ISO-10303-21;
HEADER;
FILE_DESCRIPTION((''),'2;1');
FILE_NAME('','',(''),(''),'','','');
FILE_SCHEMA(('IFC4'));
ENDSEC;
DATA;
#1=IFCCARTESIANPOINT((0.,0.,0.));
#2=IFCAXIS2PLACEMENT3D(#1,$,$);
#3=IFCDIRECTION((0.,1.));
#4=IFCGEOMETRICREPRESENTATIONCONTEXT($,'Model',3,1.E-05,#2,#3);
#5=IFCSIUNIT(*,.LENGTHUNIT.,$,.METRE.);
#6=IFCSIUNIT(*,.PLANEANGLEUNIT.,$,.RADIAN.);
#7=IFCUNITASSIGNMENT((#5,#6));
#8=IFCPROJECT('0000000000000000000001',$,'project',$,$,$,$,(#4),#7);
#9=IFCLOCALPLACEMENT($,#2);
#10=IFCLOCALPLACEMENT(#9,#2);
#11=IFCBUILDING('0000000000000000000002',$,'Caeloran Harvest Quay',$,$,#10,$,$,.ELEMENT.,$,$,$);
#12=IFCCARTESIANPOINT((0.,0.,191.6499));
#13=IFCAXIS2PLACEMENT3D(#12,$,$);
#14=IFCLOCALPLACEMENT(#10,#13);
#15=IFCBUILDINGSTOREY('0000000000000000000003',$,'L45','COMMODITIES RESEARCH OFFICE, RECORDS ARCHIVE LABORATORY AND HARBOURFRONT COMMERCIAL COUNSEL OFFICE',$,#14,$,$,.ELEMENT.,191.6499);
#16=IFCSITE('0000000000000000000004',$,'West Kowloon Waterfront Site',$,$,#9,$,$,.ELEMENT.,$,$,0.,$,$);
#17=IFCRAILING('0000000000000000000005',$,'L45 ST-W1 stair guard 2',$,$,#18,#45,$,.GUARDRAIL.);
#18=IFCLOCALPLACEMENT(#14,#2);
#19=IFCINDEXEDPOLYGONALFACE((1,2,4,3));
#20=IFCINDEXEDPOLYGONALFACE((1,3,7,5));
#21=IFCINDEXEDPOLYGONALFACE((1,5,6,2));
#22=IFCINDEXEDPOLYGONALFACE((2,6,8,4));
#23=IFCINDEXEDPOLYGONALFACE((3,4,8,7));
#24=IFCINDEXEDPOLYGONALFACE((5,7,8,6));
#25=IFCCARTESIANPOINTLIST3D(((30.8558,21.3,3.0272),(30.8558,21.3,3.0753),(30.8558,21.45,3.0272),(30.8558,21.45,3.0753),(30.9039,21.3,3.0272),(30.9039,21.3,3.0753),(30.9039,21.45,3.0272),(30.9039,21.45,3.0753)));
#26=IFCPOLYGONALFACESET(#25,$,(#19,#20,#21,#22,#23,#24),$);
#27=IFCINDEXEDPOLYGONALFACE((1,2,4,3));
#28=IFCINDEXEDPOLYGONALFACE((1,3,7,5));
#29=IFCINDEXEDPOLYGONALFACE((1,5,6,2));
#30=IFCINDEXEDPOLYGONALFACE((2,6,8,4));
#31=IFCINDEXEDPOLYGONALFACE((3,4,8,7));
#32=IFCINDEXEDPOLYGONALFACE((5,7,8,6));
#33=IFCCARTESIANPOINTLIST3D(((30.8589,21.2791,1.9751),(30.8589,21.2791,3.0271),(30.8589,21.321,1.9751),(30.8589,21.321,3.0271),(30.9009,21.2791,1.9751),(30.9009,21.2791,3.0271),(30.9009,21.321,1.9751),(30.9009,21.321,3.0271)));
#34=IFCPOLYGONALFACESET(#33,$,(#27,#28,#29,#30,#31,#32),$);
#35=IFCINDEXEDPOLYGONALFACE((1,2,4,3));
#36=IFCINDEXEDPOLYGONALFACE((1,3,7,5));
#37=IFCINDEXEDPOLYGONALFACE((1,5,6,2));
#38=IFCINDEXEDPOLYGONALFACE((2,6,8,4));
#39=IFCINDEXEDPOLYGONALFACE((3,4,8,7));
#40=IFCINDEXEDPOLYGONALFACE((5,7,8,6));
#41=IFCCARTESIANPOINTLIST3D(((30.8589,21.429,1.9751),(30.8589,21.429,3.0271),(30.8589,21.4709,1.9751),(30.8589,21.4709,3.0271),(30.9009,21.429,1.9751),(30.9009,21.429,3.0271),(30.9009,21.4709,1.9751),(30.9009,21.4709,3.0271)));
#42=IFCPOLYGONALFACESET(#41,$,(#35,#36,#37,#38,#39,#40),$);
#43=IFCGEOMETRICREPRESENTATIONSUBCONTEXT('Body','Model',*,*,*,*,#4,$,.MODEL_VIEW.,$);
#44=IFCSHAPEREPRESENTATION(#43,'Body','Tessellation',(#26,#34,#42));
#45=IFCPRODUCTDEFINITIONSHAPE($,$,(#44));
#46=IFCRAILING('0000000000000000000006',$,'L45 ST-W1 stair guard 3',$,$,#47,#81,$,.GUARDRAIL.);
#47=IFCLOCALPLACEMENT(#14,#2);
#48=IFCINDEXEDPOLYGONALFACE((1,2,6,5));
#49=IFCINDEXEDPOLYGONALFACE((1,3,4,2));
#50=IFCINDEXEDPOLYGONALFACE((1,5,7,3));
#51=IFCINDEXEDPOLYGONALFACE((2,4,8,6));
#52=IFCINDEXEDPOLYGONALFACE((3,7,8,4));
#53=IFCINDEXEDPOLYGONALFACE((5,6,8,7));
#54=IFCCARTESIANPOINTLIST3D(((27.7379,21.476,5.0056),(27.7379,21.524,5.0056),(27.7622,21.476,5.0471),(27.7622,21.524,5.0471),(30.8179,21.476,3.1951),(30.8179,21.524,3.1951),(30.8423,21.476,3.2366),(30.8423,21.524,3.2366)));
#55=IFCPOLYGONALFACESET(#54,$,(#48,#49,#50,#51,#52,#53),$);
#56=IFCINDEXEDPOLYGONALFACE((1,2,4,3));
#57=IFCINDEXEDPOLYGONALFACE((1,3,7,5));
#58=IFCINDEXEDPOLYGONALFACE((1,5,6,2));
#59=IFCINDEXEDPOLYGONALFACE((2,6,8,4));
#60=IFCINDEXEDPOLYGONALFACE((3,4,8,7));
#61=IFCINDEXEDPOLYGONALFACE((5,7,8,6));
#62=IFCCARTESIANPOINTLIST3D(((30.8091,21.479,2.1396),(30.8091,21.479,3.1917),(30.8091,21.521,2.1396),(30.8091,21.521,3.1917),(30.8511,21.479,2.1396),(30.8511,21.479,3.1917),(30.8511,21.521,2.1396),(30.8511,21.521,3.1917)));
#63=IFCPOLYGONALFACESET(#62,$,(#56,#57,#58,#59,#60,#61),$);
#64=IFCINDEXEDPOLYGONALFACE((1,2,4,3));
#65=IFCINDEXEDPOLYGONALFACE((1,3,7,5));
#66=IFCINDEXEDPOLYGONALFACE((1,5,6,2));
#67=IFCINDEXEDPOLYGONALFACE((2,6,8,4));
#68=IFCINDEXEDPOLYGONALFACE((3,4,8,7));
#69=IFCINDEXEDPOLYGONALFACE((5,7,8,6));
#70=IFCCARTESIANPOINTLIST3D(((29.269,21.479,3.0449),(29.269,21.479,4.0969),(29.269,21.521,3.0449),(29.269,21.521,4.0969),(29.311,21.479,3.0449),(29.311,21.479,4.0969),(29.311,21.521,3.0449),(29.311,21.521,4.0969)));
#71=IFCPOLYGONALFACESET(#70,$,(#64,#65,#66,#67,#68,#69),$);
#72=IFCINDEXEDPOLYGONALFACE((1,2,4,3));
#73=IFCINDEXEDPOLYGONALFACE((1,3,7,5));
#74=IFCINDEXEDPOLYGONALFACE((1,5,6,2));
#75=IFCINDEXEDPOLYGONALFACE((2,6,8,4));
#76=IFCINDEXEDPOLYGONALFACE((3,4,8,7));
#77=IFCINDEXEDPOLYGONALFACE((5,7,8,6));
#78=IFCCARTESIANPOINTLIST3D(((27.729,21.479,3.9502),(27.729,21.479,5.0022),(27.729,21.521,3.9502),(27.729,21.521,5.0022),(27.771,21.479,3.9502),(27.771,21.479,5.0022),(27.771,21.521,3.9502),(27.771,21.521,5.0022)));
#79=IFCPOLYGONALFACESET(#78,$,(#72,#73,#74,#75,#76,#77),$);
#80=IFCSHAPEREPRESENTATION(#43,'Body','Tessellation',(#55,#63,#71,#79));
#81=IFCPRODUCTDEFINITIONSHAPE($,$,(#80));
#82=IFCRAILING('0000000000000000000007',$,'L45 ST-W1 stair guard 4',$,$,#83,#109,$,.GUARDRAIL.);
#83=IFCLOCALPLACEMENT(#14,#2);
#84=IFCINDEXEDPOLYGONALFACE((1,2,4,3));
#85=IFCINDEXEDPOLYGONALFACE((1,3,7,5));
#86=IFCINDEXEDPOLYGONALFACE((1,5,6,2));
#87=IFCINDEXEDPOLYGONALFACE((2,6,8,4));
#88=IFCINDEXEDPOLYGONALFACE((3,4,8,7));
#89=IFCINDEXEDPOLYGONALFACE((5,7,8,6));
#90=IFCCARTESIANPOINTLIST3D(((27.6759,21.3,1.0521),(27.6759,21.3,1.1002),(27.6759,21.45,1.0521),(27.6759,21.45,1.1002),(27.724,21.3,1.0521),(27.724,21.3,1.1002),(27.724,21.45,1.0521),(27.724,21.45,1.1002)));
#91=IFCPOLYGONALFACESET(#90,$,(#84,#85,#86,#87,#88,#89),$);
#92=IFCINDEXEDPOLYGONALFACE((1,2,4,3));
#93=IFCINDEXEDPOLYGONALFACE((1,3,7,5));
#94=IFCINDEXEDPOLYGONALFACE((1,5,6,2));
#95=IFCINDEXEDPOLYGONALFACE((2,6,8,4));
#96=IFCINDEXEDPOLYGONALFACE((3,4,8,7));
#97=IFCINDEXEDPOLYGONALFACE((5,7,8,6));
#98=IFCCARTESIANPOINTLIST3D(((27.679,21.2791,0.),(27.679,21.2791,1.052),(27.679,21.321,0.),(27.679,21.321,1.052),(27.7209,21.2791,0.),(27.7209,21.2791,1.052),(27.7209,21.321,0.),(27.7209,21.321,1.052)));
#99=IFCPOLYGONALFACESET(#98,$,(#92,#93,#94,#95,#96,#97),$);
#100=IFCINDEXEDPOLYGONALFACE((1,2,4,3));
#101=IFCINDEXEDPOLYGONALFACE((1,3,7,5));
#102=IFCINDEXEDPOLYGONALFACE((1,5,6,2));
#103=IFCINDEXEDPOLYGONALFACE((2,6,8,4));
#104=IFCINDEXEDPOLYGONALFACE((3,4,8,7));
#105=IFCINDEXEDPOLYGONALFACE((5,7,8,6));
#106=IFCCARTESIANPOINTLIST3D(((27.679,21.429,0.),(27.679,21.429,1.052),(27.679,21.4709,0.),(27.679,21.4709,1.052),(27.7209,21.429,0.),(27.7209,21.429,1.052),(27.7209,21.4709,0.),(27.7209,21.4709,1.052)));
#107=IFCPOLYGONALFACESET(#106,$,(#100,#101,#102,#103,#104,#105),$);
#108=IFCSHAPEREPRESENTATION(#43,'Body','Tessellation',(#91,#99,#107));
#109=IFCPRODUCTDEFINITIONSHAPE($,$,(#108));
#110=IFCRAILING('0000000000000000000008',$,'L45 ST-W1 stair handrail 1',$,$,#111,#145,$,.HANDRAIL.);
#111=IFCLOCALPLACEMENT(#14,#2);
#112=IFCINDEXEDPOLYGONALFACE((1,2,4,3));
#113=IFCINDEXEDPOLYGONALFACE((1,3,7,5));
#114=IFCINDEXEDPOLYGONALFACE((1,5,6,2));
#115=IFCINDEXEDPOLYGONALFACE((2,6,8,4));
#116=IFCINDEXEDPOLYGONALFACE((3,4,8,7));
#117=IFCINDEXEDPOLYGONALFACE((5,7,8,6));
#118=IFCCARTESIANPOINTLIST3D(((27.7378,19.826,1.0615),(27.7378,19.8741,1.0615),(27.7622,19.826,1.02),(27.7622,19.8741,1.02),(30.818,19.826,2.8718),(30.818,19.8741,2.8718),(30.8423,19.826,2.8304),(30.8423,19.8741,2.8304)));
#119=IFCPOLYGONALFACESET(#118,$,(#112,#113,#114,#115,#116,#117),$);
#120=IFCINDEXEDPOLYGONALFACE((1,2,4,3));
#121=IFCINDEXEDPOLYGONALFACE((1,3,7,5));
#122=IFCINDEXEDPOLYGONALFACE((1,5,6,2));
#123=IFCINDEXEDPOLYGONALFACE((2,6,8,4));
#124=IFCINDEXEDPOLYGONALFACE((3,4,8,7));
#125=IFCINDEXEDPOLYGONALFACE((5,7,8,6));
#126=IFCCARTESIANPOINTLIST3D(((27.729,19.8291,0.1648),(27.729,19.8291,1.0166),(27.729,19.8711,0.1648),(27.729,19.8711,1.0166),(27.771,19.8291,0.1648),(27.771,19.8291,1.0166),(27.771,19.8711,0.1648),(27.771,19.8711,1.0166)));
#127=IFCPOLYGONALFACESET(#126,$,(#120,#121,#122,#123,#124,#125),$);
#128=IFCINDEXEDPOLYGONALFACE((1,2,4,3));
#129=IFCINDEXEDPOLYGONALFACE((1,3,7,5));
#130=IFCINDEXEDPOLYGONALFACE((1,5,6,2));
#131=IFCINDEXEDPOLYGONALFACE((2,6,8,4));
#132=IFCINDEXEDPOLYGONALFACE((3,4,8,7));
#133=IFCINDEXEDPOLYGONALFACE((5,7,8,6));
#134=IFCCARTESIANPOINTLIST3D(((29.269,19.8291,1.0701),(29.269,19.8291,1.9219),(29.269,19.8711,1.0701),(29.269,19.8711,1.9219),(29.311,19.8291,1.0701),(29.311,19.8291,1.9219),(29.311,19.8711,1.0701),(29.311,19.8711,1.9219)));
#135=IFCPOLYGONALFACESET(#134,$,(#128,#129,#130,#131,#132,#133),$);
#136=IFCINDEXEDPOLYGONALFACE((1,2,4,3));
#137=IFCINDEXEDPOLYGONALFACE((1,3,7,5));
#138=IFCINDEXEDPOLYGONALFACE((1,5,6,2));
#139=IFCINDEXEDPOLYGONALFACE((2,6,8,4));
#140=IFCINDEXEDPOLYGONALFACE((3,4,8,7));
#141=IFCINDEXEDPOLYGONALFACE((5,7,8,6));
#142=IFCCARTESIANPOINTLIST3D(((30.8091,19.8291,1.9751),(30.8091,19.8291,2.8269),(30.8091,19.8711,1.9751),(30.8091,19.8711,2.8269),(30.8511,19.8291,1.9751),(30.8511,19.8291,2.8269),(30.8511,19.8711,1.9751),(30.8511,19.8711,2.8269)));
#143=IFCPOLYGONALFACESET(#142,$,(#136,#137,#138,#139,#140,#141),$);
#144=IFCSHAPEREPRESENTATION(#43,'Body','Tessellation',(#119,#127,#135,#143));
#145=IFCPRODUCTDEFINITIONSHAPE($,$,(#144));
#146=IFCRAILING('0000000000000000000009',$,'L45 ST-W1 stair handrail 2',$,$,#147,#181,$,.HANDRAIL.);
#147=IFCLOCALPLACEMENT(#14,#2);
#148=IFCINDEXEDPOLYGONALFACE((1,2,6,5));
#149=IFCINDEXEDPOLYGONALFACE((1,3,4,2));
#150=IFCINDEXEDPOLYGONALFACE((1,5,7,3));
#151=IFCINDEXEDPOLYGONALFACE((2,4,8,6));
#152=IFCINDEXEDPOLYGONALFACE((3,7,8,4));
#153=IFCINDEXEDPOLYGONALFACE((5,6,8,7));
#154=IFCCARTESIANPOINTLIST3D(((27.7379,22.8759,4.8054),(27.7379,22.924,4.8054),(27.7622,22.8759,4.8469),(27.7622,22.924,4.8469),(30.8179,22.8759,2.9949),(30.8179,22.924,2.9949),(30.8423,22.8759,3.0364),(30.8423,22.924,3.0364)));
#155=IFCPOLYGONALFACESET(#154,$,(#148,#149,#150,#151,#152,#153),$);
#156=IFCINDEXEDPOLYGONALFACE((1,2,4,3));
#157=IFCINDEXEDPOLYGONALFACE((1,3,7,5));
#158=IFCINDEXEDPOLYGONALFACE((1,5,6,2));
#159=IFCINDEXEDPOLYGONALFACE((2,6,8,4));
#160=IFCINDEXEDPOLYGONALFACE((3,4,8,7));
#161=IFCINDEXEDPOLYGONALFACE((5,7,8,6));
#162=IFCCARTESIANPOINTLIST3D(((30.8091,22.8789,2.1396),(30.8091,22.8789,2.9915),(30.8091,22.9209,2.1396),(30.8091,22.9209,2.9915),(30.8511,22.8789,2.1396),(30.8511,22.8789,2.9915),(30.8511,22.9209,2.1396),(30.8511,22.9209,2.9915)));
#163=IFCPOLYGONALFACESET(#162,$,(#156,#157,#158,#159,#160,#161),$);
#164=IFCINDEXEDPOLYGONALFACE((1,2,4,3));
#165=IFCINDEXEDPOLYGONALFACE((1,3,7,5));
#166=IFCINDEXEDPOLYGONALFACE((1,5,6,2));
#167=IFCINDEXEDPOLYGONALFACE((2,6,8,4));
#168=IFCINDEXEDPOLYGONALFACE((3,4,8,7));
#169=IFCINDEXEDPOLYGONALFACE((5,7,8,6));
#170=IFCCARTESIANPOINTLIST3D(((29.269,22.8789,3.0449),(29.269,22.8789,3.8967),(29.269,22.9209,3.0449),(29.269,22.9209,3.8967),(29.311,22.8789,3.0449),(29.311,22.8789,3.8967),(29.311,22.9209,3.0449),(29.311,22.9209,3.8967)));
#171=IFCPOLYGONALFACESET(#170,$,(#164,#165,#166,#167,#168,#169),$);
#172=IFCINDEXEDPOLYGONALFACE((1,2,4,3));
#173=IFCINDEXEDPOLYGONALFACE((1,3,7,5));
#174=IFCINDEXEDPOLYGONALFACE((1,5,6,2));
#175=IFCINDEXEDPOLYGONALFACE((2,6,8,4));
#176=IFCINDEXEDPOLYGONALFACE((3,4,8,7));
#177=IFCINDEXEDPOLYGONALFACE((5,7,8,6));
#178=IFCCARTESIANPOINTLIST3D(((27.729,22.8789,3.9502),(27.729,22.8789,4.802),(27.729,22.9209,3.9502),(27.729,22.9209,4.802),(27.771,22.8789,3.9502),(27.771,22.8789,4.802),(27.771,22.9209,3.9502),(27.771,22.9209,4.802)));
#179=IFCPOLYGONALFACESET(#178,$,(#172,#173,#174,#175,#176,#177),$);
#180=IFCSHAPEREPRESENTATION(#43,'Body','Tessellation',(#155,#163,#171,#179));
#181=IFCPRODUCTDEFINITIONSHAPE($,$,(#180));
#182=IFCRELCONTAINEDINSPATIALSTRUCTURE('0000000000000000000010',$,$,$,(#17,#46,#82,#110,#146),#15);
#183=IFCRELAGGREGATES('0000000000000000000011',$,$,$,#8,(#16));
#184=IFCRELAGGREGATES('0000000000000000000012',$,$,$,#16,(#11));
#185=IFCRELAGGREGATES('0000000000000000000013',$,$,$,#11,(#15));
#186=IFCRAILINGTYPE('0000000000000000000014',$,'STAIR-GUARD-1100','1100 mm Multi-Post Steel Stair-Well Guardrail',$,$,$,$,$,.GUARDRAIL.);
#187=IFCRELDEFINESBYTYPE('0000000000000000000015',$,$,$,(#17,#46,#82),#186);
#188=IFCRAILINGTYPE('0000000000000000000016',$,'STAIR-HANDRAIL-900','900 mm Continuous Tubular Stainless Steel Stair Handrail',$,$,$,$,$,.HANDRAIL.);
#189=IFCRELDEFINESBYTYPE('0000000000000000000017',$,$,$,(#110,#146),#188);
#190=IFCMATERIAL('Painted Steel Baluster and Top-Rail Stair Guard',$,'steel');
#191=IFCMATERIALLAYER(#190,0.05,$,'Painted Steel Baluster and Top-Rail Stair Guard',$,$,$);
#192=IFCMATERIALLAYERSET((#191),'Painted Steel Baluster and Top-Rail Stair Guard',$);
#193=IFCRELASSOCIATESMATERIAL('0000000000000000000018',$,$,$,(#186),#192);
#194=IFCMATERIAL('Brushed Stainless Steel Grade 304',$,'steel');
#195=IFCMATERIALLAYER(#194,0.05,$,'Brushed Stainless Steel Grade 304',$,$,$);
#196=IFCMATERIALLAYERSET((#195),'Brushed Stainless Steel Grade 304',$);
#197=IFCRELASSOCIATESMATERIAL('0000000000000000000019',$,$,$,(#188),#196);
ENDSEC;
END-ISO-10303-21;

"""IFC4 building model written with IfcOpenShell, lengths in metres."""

from ifc_helpers import new_model, si_unit, direction, frame, origin, origin_2d, place, context, subcontext, project, spatial, rectangle, extrude, material, layer, layer_set, type_object, element, save


model = new_model("IFC4")

# Units and contexts
model_context = context("Model", 3, precision=1e-05, world=origin(), true_north=direction((0.0, 1.0)))
body_context = subcontext(model_context, "Body", "Model", "MODEL_VIEW")
ifc_project = project(units=[si_unit("LENGTHUNIT", "METRE"), si_unit("PLANEANGLEUNIT", "RADIAN")], contexts=[model_context])

# Site, building, storey
site_placement = place(None, origin())
site = spatial("IfcSite", under=ifc_project, at=site_placement, Name="West Kowloon Waterfront Site", CompositionType="ELEMENT", RefElevation=0.0)
building_placement = place(site_placement, origin())
building = spatial("IfcBuilding", under=site, at=building_placement, Name="Caeloran Harvest Quay", CompositionType="ELEMENT")
storey_placement = place(building_placement, frame((0.0, 0.0, 191.6499)))
storey = spatial("IfcBuildingStorey", under=building, at=storey_placement, Name="L45", Description="COMMODITIES RESEARCH OFFICE, RECORDS ARCHIVE LABORATORY AND HARBOURFRONT COMMERCIAL COUNSEL OFFICE", CompositionType="ELEMENT", Elevation=191.6499)

# Railings
ifc_material_1 = material(Name="Painted Steel Baluster and Top-Rail Stair Guard", Category="steel")
ifc_layer_1 = layer(ifc_material_1, 0.05, Name="Painted Steel Baluster and Top-Rail Stair Guard")
ifc_layer_set_1 = layer_set([ifc_layer_1], Name="Painted Steel Baluster and Top-Rail Stair Guard")
railing_type_1 = type_object("IfcRailingType", Name="STAIR-GUARD-1100", Description="1100 mm Multi-Post Steel Stair-Well Guardrail", PredefinedType="GUARDRAIL", material=ifc_layer_set_1)
railing_1_placement = place(storey_placement, frame((30.8799, 21.3, 1.9751)))
element("IfcRailing", 1, at=railing_1_placement, inside=storey, type_object=railing_type_1, Name="L45 ST-W1 stair guard 2", PredefinedType="GUARDRAIL", context=body_context, shape_type="SweptSolid", body=[
    extrude(rectangle(XDim=0.0481, YDim=0.0481, at=origin_2d()), frame((0.0, 0.0, 1.0762), z_axis=(0.0, 1.0, 0.0), x_axis=(-1.0, 0.0, 0.0)), (0.0, 0.0, 1.0), 0.1499),
    extrude(rectangle(XDim=0.042, YDim=0.042, at=origin_2d()), origin(), (0.0, 0.0, 1.0), 1.052),
    extrude(rectangle(XDim=0.042, YDim=0.042, at=origin_2d()), frame((0.0, 0.1499, 0.0)), (0.0, 0.0, 1.0), 1.052),
])
railing_2_placement = place(storey_placement, frame((30.8301, 21.5, 2.1396)))
element("IfcRailing", 2, at=railing_2_placement, inside=storey, type_object=railing_type_1, Name="L45 ST-W1 stair guard 3", PredefinedType="GUARDRAIL", context=body_context, shape_type="SweptSolid", body=[
    extrude(rectangle(XDim=0.0481, YDim=0.0481, at=origin_2d()), frame((0.0, 0.0, 1.0762), z_axis=(-0.862089, 0.0, 0.506757), x_axis=(0.0, -1.0, 0.0)), (0.0, 0.0, 1.0), 3.5728),
    extrude(rectangle(XDim=0.042, YDim=0.042, at=origin_2d()), origin(), (0.0, 0.0, 1.0), 1.052),
    extrude(rectangle(XDim=0.042, YDim=0.042, at=origin_2d()), frame((-1.54, 0.0, 0.9053)), (0.0, 0.0, 1.0), 1.052),
    extrude(rectangle(XDim=0.042, YDim=0.042, at=origin_2d()), frame((-3.0801, 0.0, 1.8105)), (0.0, 0.0, 1.0), 1.052),
])
railing_3_placement = place(storey_placement, frame((27.7, 21.3, 0.0)))
element("IfcRailing", 3, at=railing_3_placement, inside=storey, type_object=railing_type_1, Name="L45 ST-W1 stair guard 4", PredefinedType="GUARDRAIL", context=body_context, shape_type="SweptSolid", body=[
    extrude(rectangle(XDim=0.0481, YDim=0.0481, at=origin_2d()), frame((0.0, 0.0, 1.0762), z_axis=(0.0, 1.0, 0.0), x_axis=(-1.0, 0.0, 0.0)), (0.0, 0.0, 1.0), 0.1499),
    extrude(rectangle(XDim=0.042, YDim=0.042, at=origin_2d()), origin(), (0.0, 0.0, 1.0), 1.052),
    extrude(rectangle(XDim=0.042, YDim=0.042, at=origin_2d()), frame((0.0, 0.1499, 0.0)), (0.0, 0.0, 1.0), 1.052),
])
ifc_material_2 = material(Name="Brushed Stainless Steel Grade 304", Category="steel")
ifc_layer_2 = layer(ifc_material_2, 0.05, Name="Brushed Stainless Steel Grade 304")
ifc_layer_set_2 = layer_set([ifc_layer_2], Name="Brushed Stainless Steel Grade 304")
railing_type_2 = type_object("IfcRailingType", Name="STAIR-HANDRAIL-900", Description="900 mm Continuous Tubular Stainless Steel Stair Handrail", PredefinedType="HANDRAIL", material=ifc_layer_set_2)
railing_4_placement = place(storey_placement, frame((27.75, 19.8501, 0.1648)))
element("IfcRailing", 4, at=railing_4_placement, inside=storey, type_object=railing_type_2, Name="L45 ST-W1 stair handrail 1", PredefinedType="HANDRAIL", context=body_context, shape_type="SweptSolid", body=[
    extrude(rectangle(XDim=0.0481, YDim=0.0481, at=origin_2d()), frame((0.0, 0.0, 0.876), z_axis=(0.862119, 0.0, 0.506707), x_axis=(0.0, 1.0, 0.0)), (0.0, 0.0, 1.0), 3.5728),
    extrude(rectangle(XDim=0.042, YDim=0.042, at=origin_2d()), origin(), (0.0, 0.0, 1.0), 0.8518),
    extrude(rectangle(XDim=0.042, YDim=0.042, at=origin_2d()), frame((1.54, 0.0, 0.9053)), (0.0, 0.0, 1.0), 0.8518),
    extrude(rectangle(XDim=0.042, YDim=0.042, at=origin_2d()), frame((3.0801, 0.0, 1.8103)), (0.0, 0.0, 1.0), 0.8518),
])
railing_5_placement = place(storey_placement, frame((30.8301, 22.8999, 2.1396)))
element("IfcRailing", 5, at=railing_5_placement, inside=storey, type_object=railing_type_2, Name="L45 ST-W1 stair handrail 2", PredefinedType="HANDRAIL", context=body_context, shape_type="SweptSolid", body=[
    extrude(rectangle(XDim=0.0481, YDim=0.0481, at=origin_2d()), frame((0.0, 0.0, 0.876), z_axis=(-0.862089, 0.0, 0.506757), x_axis=(0.0, -1.0, 0.0)), (0.0, 0.0, 1.0), 3.5728),
    extrude(rectangle(XDim=0.042, YDim=0.042, at=origin_2d()), origin(), (0.0, 0.0, 1.0), 0.8518),
    extrude(rectangle(XDim=0.042, YDim=0.042, at=origin_2d()), frame((-1.54, 0.0, 0.9053)), (0.0, 0.0, 1.0), 0.8518),
    extrude(rectangle(XDim=0.042, YDim=0.042, at=origin_2d()), frame((-3.0801, 0.0, 1.8105)), (0.0, 0.0, 1.0), 0.8518),
])

save(model, "model.ifc")
